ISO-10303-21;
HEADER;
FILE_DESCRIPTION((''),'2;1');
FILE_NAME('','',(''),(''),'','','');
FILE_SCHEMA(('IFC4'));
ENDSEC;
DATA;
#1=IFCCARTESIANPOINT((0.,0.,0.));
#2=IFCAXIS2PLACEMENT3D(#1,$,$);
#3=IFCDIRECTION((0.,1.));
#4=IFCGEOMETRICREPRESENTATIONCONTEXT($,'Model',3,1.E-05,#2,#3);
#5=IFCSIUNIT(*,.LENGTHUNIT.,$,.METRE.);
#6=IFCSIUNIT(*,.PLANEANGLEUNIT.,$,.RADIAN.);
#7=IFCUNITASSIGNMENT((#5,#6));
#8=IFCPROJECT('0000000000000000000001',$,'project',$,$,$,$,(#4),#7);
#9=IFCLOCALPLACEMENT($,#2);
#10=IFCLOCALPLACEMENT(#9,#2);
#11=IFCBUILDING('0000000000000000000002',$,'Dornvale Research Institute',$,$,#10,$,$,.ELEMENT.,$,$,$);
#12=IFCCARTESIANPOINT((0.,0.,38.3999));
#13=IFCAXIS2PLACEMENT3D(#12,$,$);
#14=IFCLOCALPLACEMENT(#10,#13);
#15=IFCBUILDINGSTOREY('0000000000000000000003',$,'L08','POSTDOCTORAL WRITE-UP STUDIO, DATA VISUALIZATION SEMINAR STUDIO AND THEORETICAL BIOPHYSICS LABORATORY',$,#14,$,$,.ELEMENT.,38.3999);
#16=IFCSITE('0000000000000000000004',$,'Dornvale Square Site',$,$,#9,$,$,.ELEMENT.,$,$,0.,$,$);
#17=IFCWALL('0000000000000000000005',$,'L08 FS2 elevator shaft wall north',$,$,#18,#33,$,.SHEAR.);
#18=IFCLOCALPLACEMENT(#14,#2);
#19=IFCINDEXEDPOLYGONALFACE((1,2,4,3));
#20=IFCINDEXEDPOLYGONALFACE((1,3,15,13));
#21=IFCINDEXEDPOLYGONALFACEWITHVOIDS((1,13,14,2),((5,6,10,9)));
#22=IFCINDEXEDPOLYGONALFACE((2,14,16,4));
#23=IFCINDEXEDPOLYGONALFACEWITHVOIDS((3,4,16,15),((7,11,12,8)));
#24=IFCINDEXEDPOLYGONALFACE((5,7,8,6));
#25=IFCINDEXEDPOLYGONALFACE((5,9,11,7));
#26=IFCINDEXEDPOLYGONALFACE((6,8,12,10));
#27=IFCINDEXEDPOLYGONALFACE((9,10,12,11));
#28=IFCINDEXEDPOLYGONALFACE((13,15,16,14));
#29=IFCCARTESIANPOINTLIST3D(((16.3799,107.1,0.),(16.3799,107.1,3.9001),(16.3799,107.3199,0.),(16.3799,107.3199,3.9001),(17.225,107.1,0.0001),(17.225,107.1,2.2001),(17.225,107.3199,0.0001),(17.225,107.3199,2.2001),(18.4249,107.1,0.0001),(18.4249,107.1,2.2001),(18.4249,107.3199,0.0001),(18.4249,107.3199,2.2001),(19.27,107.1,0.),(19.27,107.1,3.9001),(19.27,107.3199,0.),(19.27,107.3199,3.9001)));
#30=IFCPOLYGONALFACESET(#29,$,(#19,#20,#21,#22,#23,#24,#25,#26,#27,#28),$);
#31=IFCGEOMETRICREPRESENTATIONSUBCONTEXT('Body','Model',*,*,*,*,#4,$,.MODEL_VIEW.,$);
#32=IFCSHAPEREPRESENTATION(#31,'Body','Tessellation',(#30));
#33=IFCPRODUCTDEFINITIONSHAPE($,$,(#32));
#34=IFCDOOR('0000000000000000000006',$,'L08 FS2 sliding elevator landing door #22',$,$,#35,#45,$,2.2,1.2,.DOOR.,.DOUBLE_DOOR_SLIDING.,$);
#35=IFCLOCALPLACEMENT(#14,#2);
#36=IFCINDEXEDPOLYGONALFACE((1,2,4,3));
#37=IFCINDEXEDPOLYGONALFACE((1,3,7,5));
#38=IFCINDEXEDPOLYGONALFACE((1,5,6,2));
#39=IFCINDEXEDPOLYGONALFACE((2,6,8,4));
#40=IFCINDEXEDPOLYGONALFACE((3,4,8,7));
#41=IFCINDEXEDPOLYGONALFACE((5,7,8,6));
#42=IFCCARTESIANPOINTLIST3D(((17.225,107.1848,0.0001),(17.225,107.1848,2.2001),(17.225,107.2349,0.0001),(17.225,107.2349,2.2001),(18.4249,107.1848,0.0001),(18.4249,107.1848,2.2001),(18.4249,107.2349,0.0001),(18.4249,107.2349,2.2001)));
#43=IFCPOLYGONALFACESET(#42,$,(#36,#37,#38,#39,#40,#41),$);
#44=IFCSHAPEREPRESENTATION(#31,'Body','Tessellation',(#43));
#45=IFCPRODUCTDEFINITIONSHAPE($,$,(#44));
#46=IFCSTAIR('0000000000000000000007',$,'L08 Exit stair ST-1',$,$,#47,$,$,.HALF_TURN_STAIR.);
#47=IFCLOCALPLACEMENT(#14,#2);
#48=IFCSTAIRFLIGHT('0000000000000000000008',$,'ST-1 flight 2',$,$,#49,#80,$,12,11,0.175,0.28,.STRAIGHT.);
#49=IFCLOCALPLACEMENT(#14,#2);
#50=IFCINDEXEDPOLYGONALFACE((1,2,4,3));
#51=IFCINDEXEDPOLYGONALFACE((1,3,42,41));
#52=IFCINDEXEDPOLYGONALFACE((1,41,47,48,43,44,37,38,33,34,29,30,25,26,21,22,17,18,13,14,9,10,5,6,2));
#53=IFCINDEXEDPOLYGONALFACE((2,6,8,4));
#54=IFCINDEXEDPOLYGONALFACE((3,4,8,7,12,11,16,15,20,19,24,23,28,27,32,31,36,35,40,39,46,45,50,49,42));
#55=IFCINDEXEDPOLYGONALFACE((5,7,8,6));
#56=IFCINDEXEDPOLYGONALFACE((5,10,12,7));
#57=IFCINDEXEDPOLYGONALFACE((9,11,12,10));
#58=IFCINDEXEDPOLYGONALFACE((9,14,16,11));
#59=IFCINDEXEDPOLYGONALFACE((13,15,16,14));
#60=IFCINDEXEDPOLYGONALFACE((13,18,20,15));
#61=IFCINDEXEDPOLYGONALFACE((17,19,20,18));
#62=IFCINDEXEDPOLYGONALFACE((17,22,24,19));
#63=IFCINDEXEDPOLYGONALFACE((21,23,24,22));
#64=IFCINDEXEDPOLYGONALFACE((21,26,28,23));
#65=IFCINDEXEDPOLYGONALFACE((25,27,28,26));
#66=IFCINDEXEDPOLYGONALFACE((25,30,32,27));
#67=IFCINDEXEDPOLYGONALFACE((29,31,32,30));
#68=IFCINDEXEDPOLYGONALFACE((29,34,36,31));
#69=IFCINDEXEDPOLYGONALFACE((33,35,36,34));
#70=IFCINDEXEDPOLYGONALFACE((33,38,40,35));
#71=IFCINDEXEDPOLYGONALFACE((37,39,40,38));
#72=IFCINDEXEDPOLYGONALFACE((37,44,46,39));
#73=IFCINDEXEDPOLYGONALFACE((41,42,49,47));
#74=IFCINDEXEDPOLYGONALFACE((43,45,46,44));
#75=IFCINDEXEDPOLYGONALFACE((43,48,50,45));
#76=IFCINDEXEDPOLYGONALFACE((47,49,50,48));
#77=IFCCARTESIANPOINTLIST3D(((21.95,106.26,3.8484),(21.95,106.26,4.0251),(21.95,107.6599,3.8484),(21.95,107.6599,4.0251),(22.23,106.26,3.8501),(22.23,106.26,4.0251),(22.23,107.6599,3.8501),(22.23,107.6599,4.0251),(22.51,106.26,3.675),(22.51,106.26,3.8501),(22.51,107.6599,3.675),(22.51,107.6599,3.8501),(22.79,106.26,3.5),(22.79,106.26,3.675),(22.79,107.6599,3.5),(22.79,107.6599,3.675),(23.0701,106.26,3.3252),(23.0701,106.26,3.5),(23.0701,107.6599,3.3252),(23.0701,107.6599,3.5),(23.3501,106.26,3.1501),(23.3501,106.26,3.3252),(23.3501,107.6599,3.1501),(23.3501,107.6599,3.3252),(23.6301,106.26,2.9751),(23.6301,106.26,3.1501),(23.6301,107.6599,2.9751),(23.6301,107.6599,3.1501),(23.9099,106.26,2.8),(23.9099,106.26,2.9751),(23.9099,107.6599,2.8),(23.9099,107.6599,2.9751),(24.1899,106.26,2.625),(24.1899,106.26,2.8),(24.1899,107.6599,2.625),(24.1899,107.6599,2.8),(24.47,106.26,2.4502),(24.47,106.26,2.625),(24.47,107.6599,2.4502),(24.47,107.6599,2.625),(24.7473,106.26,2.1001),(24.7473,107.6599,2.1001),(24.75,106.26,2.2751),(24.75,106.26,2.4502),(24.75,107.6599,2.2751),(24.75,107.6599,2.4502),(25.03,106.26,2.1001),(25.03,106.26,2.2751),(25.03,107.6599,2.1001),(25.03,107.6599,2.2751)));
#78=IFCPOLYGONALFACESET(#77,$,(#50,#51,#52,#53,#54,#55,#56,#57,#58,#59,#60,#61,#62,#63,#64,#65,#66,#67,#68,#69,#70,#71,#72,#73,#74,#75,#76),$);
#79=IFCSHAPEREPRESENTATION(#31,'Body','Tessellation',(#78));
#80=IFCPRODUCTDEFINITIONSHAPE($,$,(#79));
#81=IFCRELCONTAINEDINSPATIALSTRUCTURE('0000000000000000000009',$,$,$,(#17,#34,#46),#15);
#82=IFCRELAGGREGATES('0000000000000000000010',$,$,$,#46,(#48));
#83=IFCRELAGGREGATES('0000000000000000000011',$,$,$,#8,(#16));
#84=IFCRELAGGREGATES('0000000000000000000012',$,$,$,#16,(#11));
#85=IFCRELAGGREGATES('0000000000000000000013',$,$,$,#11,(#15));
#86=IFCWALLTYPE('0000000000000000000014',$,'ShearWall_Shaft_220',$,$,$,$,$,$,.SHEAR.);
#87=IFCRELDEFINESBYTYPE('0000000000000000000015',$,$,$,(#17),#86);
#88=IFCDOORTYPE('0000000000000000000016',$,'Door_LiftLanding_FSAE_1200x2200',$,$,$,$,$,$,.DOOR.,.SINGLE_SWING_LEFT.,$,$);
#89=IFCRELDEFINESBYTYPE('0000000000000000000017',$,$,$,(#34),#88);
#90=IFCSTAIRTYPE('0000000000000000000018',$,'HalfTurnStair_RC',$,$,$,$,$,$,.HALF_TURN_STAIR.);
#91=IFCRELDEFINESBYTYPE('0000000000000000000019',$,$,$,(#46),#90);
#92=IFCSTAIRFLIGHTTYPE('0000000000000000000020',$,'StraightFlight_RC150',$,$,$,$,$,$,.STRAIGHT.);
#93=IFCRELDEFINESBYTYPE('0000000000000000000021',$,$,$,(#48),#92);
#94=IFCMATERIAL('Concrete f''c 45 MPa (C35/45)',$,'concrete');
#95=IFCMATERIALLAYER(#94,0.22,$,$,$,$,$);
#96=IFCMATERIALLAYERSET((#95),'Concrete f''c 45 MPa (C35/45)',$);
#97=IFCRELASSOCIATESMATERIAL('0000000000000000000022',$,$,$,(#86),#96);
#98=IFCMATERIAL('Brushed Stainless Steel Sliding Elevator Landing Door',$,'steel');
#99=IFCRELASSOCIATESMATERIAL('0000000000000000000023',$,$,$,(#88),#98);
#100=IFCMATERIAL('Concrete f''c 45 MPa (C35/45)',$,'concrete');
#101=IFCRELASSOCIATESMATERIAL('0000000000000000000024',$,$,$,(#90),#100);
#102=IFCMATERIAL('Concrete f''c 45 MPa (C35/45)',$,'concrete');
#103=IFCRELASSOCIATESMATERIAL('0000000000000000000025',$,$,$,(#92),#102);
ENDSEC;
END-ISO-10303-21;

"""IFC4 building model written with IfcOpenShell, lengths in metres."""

from ifc_helpers import new_model, si_unit, direction, frame, frame_2d, origin, place, context, subcontext, project, spatial, polyline, rectangle, outline, extrude, material, layer, layer_set, type_object, element, fill, aggregate, save


model = new_model("IFC4")

# Units and contexts
model_context = context("Model", 3, precision=1e-05, world=origin(), true_north=direction((0.0, 1.0)))
body_context = subcontext(model_context, "Body", "Model", "MODEL_VIEW")
ifc_project = project(units=[si_unit("LENGTHUNIT", "METRE"), si_unit("PLANEANGLEUNIT", "RADIAN")], contexts=[model_context])

# Site, building, storey
site_placement = place(None, origin())
site = spatial("IfcSite", under=ifc_project, at=site_placement, Name="Dornvale Square Site", CompositionType="ELEMENT", RefElevation=0.0)
building_placement = place(site_placement, origin())
building = spatial("IfcBuilding", under=site, at=building_placement, Name="Dornvale Research Institute", CompositionType="ELEMENT")
storey_placement = place(building_placement, frame((0.0, 0.0, 38.3999)))
storey = spatial("IfcBuildingStorey", under=building, at=storey_placement, Name="L08", Description="POSTDOCTORAL WRITE-UP STUDIO, DATA VISUALIZATION SEMINAR STUDIO AND THEORETICAL BIOPHYSICS LABORATORY", CompositionType="ELEMENT", Elevation=38.3999)

# Wall, opening, door
ifc_material_1 = material(Name="Concrete f'c 45 MPa (C35/45)", Category="concrete")
ifc_layer_1 = layer(ifc_material_1, 0.22)
ifc_layer_set_1 = layer_set([ifc_layer_1], Name="Concrete f'c 45 MPa (C35/45)")
wall_type_1 = type_object("IfcWallType", Name="ShearWall_Shaft_220", PredefinedType="SHEAR", material=ifc_layer_set_1)
ifc_material_2 = material(Name="Brushed Stainless Steel Sliding Elevator Landing Door", Category="steel")
door_type = type_object("IfcDoorType", Name="Door_LiftLanding_FSAE_1200x2200", OperationType="SINGLE_SWING_LEFT", PredefinedType="DOOR", material=ifc_material_2)
wall_1_placement = place(storey_placement, frame((16.3799, 107.21, 0.0), z_axis=(0.0, 0.0, 1.0), x_axis=(1.0, 0.0, 0.0)))
wall_1 = element("IfcWall", 1, at=wall_1_placement, inside=storey, type_object=wall_type_1, Name="L08 FS2 elevator shaft wall north", PredefinedType="SHEAR", context=body_context, shape_type="SweptSolid", body=[
    extrude(rectangle(XDim=2.8901, YDim=0.22, at=frame_2d((1.4451, 0.0))), origin(), (0.0, 0.0, 1.0), 3.9001),
])
opening_1_placement = place(wall_1_placement, frame((0.845, 0.0, 0.0)))
opening_1 = element("IfcOpeningElement", 2, at=opening_1_placement, cuts=wall_1, PredefinedType="OPENING", context=body_context, shape_type="SweptSolid", body=[
    extrude(rectangle(XDim=1.2, YDim=2.2, at=frame_2d((0.6001, 1.1001))), frame((0.0, 0.125, 0.0), z_axis=(0.0, -1.0, 0.0), x_axis=(1.0, 0.0, 0.0)), (0.0, 0.0, 1.0), 0.25),
])
door_1_placement = place(opening_1_placement, origin())
door_1 = element("IfcDoor", 3, at=door_1_placement, inside=storey, type_object=door_type, Name="L08 FS2 sliding elevator landing door #22", OperationType="DOUBLE_DOOR_SLIDING", OverallHeight=2.2, OverallWidth=1.2, PredefinedType="DOOR", context=body_context, shape_type="SweptSolid", body=[
    extrude(rectangle(XDim=1.2, YDim=2.2, at=frame_2d((0.6001, 1.1001))), frame((0.0, 0.0249, 0.0), z_axis=(0.0, -1.0, 0.0), x_axis=(1.0, 0.0, 0.0)), (0.0, 0.0, 1.0), 0.05),
])
fill(opening_1, door_1)

# Stair, stair flight
ifc_material_3 = material(Name="Concrete f'c 45 MPa (C35/45)", Category="concrete")
stair_type = type_object("IfcStairType", Name="HalfTurnStair_RC", PredefinedType="HALF_TURN_STAIR", material=ifc_material_3)
stair_placement = place(storey_placement, origin())
stair = element("IfcStair", 4, at=stair_placement, inside=storey, type_object=stair_type, Name="L08 Exit stair ST-1", PredefinedType="HALF_TURN_STAIR")
ifc_material_4 = material(Name="Concrete f'c 45 MPa (C35/45)", Category="concrete")
stair_flight_type = type_object("IfcStairFlightType", Name="StraightFlight_RC150", PredefinedType="STRAIGHT", material=ifc_material_4)
stair_flight_placement = place(storey_placement, frame((25.03, 106.96, 2.1001), z_axis=(0.0, 0.0, 1.0), x_axis=(-1.0, 0.0, 0.0)))
stair_flight = element("IfcStairFlight", 5, at=stair_flight_placement, type_object=stair_flight_type, Name="ST-1 flight 2", NumberOfRisers=12, NumberOfTreads=11, PredefinedType="STRAIGHT", RiserHeight=0.175, TreadLength=0.28, context=body_context, shape_type="SweptSolid", body=[
    extrude(outline(polyline([(0.0, 0.0), (0.0, 0.175), (0.28, 0.175), (0.28, 0.3501), (0.5601, 0.3501), (0.5601, 0.5249), (0.8401, 0.5249), (0.8401, 0.7), (1.1201, 0.7), (1.1201, 0.875), (1.3999, 0.875), (1.3999, 1.05), (1.6799, 1.05), (1.6799, 1.2251), (1.96, 1.2251), (1.96, 1.3999), (2.24, 1.3999), (2.24, 1.575), (2.52, 1.575), (2.52, 1.75), (2.8, 1.75), (2.8, 1.925), (3.0801, 1.925), (3.0801, 2.1001), (3.0801, 1.7483), (0.2827, 0.0), (0.0, 0.0)])), frame((0.0, 0.7, 0.0), z_axis=(0.0, -1.0, 0.0), x_axis=(1.0, 0.0, 0.0)), (0.0, 0.0, 1.0), 1.3999),
])
aggregate(stair, [stair_flight])

save(model, "model.ifc")
